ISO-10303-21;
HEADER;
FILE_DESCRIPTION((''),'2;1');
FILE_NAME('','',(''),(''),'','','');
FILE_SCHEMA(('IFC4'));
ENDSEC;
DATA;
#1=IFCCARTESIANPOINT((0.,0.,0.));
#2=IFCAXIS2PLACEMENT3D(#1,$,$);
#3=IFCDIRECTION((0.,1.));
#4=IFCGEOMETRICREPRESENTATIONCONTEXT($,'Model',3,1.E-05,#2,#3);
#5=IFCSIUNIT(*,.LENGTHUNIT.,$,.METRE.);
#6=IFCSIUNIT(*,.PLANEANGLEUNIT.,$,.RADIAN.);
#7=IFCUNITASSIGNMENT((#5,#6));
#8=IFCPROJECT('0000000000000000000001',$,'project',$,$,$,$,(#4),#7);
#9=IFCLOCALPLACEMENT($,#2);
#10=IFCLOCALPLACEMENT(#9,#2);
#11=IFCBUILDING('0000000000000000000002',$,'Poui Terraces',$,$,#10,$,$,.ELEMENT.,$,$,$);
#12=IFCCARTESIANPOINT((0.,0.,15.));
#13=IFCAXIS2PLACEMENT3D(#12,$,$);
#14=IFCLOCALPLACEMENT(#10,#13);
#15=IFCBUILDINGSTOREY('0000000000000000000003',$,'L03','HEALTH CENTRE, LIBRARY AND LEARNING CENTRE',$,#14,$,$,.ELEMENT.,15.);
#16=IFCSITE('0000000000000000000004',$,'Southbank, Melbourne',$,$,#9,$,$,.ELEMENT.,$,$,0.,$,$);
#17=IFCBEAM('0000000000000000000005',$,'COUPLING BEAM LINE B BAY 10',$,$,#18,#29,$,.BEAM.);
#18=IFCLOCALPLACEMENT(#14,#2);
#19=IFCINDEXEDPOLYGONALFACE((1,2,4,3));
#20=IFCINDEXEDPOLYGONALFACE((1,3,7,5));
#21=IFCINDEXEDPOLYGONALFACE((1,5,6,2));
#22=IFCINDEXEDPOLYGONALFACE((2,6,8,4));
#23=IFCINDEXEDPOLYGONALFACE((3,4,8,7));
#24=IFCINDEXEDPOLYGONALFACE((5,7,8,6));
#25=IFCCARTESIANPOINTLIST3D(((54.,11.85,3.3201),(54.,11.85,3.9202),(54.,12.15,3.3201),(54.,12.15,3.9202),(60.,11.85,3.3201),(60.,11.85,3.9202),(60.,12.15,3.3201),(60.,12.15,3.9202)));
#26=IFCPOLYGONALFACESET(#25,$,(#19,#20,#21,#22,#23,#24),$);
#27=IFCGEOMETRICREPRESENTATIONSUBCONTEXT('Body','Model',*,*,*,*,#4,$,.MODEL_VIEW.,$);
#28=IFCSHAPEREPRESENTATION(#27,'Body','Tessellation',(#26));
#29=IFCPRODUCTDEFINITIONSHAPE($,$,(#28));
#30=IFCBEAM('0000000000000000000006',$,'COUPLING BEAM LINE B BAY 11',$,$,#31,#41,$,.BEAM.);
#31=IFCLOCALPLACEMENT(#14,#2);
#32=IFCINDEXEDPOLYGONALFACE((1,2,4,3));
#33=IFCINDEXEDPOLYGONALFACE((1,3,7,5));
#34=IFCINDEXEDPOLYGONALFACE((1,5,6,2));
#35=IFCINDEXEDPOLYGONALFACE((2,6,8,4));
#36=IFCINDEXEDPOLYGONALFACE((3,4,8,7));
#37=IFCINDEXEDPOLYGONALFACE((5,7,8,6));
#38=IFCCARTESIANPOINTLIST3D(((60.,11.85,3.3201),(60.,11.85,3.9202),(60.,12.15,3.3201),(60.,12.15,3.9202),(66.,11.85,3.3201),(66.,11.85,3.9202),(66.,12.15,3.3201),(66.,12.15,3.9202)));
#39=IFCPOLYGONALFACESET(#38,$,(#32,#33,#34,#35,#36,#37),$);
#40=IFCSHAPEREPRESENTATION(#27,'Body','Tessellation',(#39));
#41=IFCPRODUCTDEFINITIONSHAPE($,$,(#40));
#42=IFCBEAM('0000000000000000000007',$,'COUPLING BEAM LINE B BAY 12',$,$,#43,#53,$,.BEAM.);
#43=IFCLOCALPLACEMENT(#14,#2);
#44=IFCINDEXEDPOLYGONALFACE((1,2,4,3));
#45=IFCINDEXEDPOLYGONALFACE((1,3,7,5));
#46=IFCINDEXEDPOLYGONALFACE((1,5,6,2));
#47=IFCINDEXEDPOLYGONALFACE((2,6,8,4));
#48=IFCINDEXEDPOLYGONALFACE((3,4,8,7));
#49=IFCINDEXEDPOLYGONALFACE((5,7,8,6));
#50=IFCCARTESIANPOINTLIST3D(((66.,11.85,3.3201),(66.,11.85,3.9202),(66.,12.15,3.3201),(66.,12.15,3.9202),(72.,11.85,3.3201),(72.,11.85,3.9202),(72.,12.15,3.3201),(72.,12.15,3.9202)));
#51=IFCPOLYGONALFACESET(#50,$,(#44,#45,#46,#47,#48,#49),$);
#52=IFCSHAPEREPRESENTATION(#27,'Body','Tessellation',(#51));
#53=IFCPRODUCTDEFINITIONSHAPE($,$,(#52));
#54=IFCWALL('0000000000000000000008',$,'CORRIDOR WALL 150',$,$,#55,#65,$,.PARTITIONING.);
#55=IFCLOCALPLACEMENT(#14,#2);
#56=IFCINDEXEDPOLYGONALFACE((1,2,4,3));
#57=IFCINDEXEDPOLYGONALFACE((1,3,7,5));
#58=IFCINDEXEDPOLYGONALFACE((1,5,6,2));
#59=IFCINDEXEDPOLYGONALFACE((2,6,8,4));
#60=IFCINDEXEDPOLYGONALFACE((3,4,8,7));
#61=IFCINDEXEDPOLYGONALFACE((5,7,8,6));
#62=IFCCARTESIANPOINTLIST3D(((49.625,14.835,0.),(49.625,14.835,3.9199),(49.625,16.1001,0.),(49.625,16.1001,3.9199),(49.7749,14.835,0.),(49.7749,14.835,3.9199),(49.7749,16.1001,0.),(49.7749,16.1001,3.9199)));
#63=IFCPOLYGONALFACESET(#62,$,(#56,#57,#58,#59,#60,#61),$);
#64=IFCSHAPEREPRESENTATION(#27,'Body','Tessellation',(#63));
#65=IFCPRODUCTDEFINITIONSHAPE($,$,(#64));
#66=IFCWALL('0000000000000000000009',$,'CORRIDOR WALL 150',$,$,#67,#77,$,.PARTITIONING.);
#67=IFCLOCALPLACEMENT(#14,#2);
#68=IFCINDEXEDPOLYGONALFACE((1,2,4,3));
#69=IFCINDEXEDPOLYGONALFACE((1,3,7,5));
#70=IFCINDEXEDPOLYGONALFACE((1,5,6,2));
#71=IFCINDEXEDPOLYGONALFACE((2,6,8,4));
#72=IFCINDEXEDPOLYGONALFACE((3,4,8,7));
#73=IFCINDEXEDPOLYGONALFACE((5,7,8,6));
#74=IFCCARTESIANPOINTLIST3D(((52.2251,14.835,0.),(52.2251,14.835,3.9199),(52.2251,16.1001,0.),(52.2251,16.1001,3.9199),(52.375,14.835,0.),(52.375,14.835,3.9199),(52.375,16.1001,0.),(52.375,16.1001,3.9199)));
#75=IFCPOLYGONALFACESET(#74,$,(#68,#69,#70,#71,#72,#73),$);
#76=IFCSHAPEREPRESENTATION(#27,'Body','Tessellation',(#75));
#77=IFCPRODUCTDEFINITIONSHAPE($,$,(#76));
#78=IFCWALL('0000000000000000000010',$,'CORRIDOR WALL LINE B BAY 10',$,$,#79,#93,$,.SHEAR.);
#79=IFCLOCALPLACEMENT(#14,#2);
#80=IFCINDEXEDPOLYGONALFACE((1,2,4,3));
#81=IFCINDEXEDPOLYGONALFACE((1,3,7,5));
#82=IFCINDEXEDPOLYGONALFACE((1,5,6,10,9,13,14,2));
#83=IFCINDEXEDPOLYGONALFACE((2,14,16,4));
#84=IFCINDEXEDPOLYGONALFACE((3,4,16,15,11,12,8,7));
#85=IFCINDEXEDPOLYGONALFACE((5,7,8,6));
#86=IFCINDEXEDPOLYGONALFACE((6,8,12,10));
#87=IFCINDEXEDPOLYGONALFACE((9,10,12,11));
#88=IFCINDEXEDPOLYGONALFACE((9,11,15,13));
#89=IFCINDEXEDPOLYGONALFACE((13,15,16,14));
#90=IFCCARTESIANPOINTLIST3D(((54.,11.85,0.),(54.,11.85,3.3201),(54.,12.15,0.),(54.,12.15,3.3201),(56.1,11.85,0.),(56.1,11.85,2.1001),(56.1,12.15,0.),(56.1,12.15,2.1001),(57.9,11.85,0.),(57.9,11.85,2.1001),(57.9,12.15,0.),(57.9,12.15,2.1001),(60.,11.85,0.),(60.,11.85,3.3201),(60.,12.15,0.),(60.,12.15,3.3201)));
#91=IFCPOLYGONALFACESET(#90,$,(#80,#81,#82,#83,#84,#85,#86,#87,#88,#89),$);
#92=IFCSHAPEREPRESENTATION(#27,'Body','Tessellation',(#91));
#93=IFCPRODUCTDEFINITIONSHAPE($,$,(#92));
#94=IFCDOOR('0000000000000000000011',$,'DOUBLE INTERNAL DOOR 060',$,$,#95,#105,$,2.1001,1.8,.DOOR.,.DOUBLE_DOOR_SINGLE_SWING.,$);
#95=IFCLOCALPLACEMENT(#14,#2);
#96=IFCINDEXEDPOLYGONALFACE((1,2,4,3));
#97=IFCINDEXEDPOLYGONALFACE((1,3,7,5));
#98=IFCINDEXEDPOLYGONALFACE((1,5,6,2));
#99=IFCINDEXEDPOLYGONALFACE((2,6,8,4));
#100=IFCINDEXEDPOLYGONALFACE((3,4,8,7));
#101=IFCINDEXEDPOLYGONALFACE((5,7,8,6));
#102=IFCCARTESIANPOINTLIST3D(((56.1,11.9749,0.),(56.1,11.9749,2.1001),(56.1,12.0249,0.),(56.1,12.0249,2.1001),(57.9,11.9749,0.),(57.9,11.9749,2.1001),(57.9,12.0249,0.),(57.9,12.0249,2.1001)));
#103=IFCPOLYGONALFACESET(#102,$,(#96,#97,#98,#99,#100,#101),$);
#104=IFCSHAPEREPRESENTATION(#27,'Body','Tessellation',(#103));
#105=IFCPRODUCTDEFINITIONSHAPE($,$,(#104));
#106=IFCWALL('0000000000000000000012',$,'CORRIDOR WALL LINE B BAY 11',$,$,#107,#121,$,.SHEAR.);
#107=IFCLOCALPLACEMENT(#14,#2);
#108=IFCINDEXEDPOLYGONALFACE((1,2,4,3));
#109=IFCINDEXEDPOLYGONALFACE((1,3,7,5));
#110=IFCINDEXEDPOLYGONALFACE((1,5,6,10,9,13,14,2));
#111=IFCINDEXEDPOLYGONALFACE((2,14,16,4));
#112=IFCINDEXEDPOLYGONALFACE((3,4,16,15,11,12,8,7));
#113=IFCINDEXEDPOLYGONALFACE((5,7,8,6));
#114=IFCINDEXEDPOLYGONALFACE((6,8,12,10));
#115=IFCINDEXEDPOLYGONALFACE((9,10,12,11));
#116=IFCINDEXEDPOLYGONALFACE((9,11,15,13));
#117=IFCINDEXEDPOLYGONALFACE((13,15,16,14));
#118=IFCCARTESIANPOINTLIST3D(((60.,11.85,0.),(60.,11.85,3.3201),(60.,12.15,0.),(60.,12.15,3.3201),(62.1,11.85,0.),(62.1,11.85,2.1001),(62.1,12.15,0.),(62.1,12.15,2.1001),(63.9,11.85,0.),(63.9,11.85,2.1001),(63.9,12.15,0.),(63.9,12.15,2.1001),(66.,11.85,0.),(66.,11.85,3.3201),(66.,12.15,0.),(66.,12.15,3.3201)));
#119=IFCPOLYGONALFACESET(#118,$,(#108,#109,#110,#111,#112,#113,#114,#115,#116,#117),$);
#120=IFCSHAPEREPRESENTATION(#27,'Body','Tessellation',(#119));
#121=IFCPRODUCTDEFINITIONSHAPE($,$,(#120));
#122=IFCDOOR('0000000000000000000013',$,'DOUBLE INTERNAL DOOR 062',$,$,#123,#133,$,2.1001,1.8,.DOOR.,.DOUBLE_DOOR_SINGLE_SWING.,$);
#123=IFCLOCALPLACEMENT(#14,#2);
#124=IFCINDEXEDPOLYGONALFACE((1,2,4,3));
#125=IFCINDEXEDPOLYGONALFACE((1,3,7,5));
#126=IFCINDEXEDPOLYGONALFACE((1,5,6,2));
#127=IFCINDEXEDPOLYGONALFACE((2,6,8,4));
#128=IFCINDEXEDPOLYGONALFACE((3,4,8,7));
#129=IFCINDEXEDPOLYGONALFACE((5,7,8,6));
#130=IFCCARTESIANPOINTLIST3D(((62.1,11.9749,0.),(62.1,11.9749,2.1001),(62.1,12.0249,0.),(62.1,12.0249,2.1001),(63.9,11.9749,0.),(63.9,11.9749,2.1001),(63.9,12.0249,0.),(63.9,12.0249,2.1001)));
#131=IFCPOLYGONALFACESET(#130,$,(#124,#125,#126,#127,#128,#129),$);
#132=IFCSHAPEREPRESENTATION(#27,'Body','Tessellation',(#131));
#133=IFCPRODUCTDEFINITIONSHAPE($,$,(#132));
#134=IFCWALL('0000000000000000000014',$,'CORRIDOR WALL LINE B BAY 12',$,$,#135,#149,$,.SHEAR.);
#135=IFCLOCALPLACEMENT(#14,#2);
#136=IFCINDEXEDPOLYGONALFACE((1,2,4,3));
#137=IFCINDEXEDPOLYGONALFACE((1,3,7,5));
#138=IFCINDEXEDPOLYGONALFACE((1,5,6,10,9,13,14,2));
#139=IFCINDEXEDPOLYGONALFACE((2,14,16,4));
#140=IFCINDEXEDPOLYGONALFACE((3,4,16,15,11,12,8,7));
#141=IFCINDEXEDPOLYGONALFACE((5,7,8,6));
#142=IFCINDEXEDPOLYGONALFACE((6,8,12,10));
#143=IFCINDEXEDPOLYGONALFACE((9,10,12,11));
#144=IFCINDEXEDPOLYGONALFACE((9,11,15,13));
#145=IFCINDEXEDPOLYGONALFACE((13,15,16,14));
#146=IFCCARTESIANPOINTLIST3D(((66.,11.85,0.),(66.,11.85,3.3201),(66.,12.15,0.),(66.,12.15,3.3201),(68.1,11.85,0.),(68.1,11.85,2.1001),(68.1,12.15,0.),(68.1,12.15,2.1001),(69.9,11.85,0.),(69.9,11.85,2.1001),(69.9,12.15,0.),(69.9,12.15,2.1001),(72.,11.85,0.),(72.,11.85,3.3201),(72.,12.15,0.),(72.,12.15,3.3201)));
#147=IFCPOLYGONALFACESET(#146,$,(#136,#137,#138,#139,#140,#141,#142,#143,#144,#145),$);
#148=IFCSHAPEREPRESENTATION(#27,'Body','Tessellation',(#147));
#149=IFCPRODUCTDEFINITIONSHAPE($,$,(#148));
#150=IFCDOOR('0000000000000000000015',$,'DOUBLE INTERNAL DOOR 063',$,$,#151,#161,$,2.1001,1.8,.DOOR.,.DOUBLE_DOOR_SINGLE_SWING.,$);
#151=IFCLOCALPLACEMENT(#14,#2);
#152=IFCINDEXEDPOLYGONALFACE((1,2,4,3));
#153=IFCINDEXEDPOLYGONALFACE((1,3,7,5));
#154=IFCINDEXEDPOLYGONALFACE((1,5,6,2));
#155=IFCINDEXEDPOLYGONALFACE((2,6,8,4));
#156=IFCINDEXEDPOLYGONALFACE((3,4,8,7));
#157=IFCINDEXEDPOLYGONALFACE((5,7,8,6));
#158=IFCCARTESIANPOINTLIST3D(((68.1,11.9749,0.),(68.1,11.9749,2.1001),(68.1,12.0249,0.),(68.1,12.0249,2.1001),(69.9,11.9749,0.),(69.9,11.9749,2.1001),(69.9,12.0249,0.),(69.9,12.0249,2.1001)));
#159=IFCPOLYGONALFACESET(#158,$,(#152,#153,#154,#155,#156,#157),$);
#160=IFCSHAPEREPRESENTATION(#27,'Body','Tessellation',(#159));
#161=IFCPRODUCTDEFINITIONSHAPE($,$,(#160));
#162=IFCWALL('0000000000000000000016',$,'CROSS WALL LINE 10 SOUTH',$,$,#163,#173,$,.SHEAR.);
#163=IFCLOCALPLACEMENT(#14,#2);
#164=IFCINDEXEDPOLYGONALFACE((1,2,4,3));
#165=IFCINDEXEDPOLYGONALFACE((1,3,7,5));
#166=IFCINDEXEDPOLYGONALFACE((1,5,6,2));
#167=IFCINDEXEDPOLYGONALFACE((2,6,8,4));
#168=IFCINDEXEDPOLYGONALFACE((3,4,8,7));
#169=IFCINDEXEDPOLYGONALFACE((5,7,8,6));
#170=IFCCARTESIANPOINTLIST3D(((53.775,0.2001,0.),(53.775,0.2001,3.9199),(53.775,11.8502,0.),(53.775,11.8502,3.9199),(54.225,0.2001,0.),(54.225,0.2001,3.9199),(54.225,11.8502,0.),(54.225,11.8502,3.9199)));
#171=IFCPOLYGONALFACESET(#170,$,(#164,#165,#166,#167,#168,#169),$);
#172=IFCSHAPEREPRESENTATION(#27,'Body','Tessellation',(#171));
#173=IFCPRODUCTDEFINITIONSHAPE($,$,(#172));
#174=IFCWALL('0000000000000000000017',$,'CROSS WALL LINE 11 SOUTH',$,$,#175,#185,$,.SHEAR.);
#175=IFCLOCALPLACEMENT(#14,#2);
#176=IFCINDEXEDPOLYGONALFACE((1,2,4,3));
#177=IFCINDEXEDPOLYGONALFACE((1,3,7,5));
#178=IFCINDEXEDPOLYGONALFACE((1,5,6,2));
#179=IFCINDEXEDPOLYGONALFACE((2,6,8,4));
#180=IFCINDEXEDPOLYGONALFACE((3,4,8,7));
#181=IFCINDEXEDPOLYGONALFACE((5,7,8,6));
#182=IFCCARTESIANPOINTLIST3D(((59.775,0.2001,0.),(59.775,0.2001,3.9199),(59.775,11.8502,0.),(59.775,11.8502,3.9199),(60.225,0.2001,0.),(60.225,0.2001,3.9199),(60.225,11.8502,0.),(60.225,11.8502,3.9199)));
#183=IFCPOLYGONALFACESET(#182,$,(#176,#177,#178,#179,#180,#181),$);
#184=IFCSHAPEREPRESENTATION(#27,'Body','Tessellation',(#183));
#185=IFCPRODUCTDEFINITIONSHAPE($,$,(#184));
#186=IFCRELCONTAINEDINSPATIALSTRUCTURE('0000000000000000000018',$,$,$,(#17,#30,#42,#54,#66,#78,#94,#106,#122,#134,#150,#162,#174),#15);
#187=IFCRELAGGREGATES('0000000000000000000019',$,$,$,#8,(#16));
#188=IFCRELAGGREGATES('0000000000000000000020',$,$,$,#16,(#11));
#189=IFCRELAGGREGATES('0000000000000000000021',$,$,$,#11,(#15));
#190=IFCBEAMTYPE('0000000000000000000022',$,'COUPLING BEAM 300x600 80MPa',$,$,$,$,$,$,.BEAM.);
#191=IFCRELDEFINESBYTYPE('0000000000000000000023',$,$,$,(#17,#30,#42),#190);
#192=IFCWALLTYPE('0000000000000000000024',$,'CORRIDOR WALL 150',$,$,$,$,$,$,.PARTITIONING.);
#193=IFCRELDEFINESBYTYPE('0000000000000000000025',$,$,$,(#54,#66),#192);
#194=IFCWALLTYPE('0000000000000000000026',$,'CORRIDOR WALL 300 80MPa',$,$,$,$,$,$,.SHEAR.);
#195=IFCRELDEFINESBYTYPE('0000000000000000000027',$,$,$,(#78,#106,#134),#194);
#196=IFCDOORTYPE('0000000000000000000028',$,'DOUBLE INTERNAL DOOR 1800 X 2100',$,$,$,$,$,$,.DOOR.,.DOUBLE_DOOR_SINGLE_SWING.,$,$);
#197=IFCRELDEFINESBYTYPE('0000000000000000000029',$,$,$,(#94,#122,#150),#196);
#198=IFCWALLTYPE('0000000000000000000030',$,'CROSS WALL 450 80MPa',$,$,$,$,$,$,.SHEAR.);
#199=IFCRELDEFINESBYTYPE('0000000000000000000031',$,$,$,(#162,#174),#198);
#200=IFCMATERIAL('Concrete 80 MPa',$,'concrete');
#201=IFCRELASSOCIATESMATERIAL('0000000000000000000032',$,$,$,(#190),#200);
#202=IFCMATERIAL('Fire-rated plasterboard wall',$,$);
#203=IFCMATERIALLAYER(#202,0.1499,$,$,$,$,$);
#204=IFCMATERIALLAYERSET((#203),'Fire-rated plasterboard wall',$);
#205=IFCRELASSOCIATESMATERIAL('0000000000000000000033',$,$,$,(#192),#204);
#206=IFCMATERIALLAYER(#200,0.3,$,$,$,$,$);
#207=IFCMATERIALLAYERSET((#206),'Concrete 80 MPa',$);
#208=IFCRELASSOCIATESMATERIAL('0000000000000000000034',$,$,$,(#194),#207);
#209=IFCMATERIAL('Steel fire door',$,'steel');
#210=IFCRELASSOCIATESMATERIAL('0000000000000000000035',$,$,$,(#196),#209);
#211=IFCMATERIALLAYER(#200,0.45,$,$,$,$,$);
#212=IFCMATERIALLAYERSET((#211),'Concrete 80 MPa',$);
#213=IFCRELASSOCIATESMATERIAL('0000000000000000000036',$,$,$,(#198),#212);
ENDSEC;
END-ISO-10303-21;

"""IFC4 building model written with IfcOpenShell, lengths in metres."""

from ifc_helpers import new_model, si_unit, direction, frame, frame_2d, origin, origin_2d, place, context, subcontext, project, spatial, rectangle, extrude, source, transform, mapped, material, layer, layer_set, material_profile, profile_set, type_object, element, fill, save


model = new_model("IFC4")

# Units and contexts
model_context = context("Model", 3, precision=1e-05, world=origin(), true_north=direction((0.0, 1.0)))
body_context = subcontext(model_context, "Body", "Model", "MODEL_VIEW")
ifc_project = project(units=[si_unit("LENGTHUNIT", "METRE"), si_unit("PLANEANGLEUNIT", "RADIAN")], contexts=[model_context])

# Site, building, storey
site_placement = place(None, origin())
site = spatial("IfcSite", under=ifc_project, at=site_placement, Name="Southbank, Melbourne", CompositionType="ELEMENT", RefElevation=0.0)
building_placement = place(site_placement, origin())
building = spatial("IfcBuilding", under=site, at=building_placement, Name="Poui Terraces", CompositionType="ELEMENT")
storey_placement = place(building_placement, frame((0.0, 0.0, 15.0)))
storey = spatial("IfcBuildingStorey", under=building, at=storey_placement, Name="L03", Description="HEALTH CENTRE, LIBRARY AND LEARNING CENTRE", CompositionType="ELEMENT", Elevation=15.0)

# Beams
ifc_material_1 = material(Name="Concrete 80 MPa", Category="concrete")
ifc_material_profile = material_profile(ifc_material_1, rectangle(XDim=0.3, YDim=0.6001, at=origin_2d()), Name="RC 300x600")
ifc_profile_set = profile_set([ifc_material_profile], Name="Concrete 80 MPa")
beam_type = type_object("IfcBeamType", Name="COUPLING BEAM 300x600 80MPa", PredefinedType="BEAM", material=ifc_profile_set)
shared_shape = source(origin(), body_context, "Body", "SweptSolid", [
    extrude(rectangle(XDim=0.3, YDim=0.6001, at=origin_2d()), origin(), (0.0, 0.0, 1.0), 6.0),
])
for number, where, z_axis, x_axis, name in (
    (1, (54.0, 12.0, 3.6201), (1.0, 0.0, 0.0), (0.0, 1.0, 0.0), "COUPLING BEAM LINE B BAY 10"),
    (2, (60.0, 12.0, 3.6201), (1.0, 0.0, 0.0), (0.0, 1.0, 0.0), "COUPLING BEAM LINE B BAY 11"),
    (3, (66.0, 12.0, 3.6201), (1.0, 0.0, 0.0), (0.0, 1.0, 0.0), "COUPLING BEAM LINE B BAY 12"),
):
    element("IfcBeam", number, at=place(storey_placement, frame(where, z_axis=z_axis, x_axis=x_axis)), inside=storey, type_object=beam_type, Name=name, PredefinedType="BEAM", context=body_context, shape_type="MappedRepresentation", body=[
        mapped(shared_shape, transform((0.0, 0.0, 0.0))),
    ])

# Walls
ifc_material_2 = material(Name="Fire-rated plasterboard wall")
ifc_layer_1 = layer(ifc_material_2, 0.1499)
ifc_layer_set_1 = layer_set([ifc_layer_1], Name="Fire-rated plasterboard wall")
wall_type_1 = type_object("IfcWallType", Name="CORRIDOR WALL 150", PredefinedType="PARTITIONING", material=ifc_layer_set_1)
for number, where, z_axis, x_axis, name in (
    (4, (49.7, 14.835, 0.0), (0.0, 0.0, 1.0), (0.0, 1.0, 0.0), "CORRIDOR WALL 150"),
    (5, (52.3, 14.835, 0.0), (0.0, 0.0, 1.0), (0.0, 1.0, 0.0), "CORRIDOR WALL 150"),
):
    element("IfcWall", number, at=place(storey_placement, frame(where, z_axis=z_axis, x_axis=x_axis)), inside=storey, type_object=wall_type_1, Name=name, PredefinedType="PARTITIONING", context=body_context, shape_type="SweptSolid", body=[
        extrude(rectangle(XDim=1.2651, YDim=0.1499, at=frame_2d((0.6326, 0.0))), origin(), (0.0, 0.0, 1.0), 3.9199),
    ])

# Walls, openings, doors
ifc_layer_2 = layer(ifc_material_1, 0.3)
ifc_layer_set_2 = layer_set([ifc_layer_2], Name="Concrete 80 MPa")
wall_type_2 = type_object("IfcWallType", Name="CORRIDOR WALL 300 80MPa", PredefinedType="SHEAR", material=ifc_layer_set_2)
wall_1_placement = place(storey_placement, frame((54.0, 12.0, 0.0), z_axis=(0.0, 0.0, 1.0), x_axis=(1.0, 0.0, 0.0)))
wall_1 = element("IfcWall", 6, at=wall_1_placement, inside=storey, type_object=wall_type_2, Name="CORRIDOR WALL LINE B BAY 10", PredefinedType="SHEAR", context=body_context, shape_type="SweptSolid", body=[
    extrude(rectangle(XDim=6.0, YDim=0.3, at=frame_2d((3.0, 0.0))), origin(), (0.0, 0.0, 1.0), 3.3201),
])
opening_1_placement = place(wall_1_placement, frame((2.1001, 0.0, 0.0)))
opening_1 = element("IfcOpeningElement", 7, at=opening_1_placement, cuts=wall_1, PredefinedType="OPENING", context=body_context, shape_type="SweptSolid", body=[
    extrude(rectangle(XDim=1.8, YDim=2.1001, at=frame_2d((0.8999, 1.05))), frame((0.0, 0.1602, 0.0), z_axis=(0.0, -1.0, 0.0), x_axis=(1.0, 0.0, 0.0)), (0.0, 0.0, 1.0), 0.3201),
])
ifc_material_3 = material(Name="Steel fire door", Category="steel")
door_type_1 = type_object("IfcDoorType", Name="DOUBLE INTERNAL DOOR 1800 X 2100", OperationType="DOUBLE_DOOR_SINGLE_SWING", PredefinedType="DOOR", material=ifc_material_3)
door_1_placement = place(opening_1_placement, origin())
door_1 = element("IfcDoor", 8, at=door_1_placement, inside=storey, type_object=door_type_1, Name="DOUBLE INTERNAL DOOR 060", OperationType="DOUBLE_DOOR_SINGLE_SWING", OverallHeight=2.1001, OverallWidth=1.8, PredefinedType="DOOR", context=body_context, shape_type="SweptSolid", body=[
    extrude(rectangle(XDim=1.8, YDim=2.1001, at=frame_2d((0.8999, 1.05))), frame((0.0, 0.0249, 0.0), z_axis=(0.0, -1.0, 0.0), x_axis=(1.0, 0.0, 0.0)), (0.0, 0.0, 1.0), 0.05),
])
fill(opening_1, door_1)
wall_2_placement = place(storey_placement, frame((60.0, 12.0, 0.0), z_axis=(0.0, 0.0, 1.0), x_axis=(1.0, 0.0, 0.0)))
wall_2 = element("IfcWall", 9, at=wall_2_placement, inside=storey, type_object=wall_type_2, Name="CORRIDOR WALL LINE B BAY 11", PredefinedType="SHEAR", context=body_context, shape_type="SweptSolid", body=[
    extrude(rectangle(XDim=6.0, YDim=0.3, at=frame_2d((3.0, 0.0))), origin(), (0.0, 0.0, 1.0), 3.3201),
])
opening_2_placement = place(wall_2_placement, frame((2.1001, 0.0, 0.0)))
opening_2 = element("IfcOpeningElement", 10, at=opening_2_placement, cuts=wall_2, PredefinedType="OPENING", context=body_context, shape_type="SweptSolid", body=[
    extrude(rectangle(XDim=1.8, YDim=2.1001, at=frame_2d((0.8999, 1.05))), frame((0.0, 0.1602, 0.0), z_axis=(0.0, -1.0, 0.0), x_axis=(1.0, 0.0, 0.0)), (0.0, 0.0, 1.0), 0.3201),
])
door_2_placement = place(opening_2_placement, origin())
door_2 = element("IfcDoor", 11, at=door_2_placement, inside=storey, type_object=door_type_1, Name="DOUBLE INTERNAL DOOR 062", OperationType="DOUBLE_DOOR_SINGLE_SWING", OverallHeight=2.1001, OverallWidth=1.8, PredefinedType="DOOR", context=body_context, shape_type="SweptSolid", body=[
    extrude(rectangle(XDim=1.8, YDim=2.1001, at=frame_2d((0.8999, 1.05))), frame((0.0, 0.0249, 0.0), z_axis=(0.0, -1.0, 0.0), x_axis=(1.0, 0.0, 0.0)), (0.0, 0.0, 1.0), 0.05),
])
fill(opening_2, door_2)
wall_3_placement = place(storey_placement, frame((66.0, 12.0, 0.0), z_axis=(0.0, 0.0, 1.0), x_axis=(1.0, 0.0, 0.0)))
wall_3 = element("IfcWall", 12, at=wall_3_placement, inside=storey, type_object=wall_type_2, Name="CORRIDOR WALL LINE B BAY 12", PredefinedType="SHEAR", context=body_context, shape_type="SweptSolid", body=[
    extrude(rectangle(XDim=6.0, YDim=0.3, at=frame_2d((3.0, 0.0))), origin(), (0.0, 0.0, 1.0), 3.3201),
])
opening_3_placement = place(wall_3_placement, frame((2.1001, 0.0, 0.0)))
opening_3 = element("IfcOpeningElement", 13, at=opening_3_placement, cuts=wall_3, PredefinedType="OPENING", context=body_context, shape_type="SweptSolid", body=[
    extrude(rectangle(XDim=1.8, YDim=2.1001, at=frame_2d((0.8999, 1.05))), frame((0.0, 0.1602, 0.0), z_axis=(0.0, -1.0, 0.0), x_axis=(1.0, 0.0, 0.0)), (0.0, 0.0, 1.0), 0.3201),
])
door_3_placement = place(opening_3_placement, origin())
door_3 = element("IfcDoor", 14, at=door_3_placement, inside=storey, type_object=door_type_1, Name="DOUBLE INTERNAL DOOR 063", OperationType="DOUBLE_DOOR_SINGLE_SWING", OverallHeight=2.1001, OverallWidth=1.8, PredefinedType="DOOR", context=body_context, shape_type="SweptSolid", body=[
    extrude(rectangle(XDim=1.8, YDim=2.1001, at=frame_2d((0.8999, 1.05))), frame((0.0, 0.0249, 0.0), z_axis=(0.0, -1.0, 0.0), x_axis=(1.0, 0.0, 0.0)), (0.0, 0.0, 1.0), 0.05),
])
fill(opening_3, door_3)

# Walls
ifc_layer_3 = layer(ifc_material_1, 0.45)
ifc_layer_set_3 = layer_set([ifc_layer_3], Name="Concrete 80 MPa")
wall_type_3 = type_object("IfcWallType", Name="CROSS WALL 450 80MPa", PredefinedType="SHEAR", material=ifc_layer_set_3)
for number, where, z_axis, x_axis, name in (
    (15, (54.0, 0.2, 0.0), (0.0, 0.0, 1.0), (0.0, 1.0, 0.0), "CROSS WALL LINE 10 SOUTH"),
    (16, (60.0, 0.2, 0.0), (0.0, 0.0, 1.0), (0.0, 1.0, 0.0), "CROSS WALL LINE 11 SOUTH"),
):
    element("IfcWall", number, at=place(storey_placement, frame(where, z_axis=z_axis, x_axis=x_axis)), inside=storey, type_object=wall_type_3, Name=name, PredefinedType="SHEAR", context=body_context, shape_type="SweptSolid", body=[
        extrude(rectangle(XDim=11.6501, YDim=0.45, at=frame_2d((5.8252, 0.0))), origin(), (0.0, 0.0, 1.0), 3.9199),
    ])

save(model, "model.ifc")
